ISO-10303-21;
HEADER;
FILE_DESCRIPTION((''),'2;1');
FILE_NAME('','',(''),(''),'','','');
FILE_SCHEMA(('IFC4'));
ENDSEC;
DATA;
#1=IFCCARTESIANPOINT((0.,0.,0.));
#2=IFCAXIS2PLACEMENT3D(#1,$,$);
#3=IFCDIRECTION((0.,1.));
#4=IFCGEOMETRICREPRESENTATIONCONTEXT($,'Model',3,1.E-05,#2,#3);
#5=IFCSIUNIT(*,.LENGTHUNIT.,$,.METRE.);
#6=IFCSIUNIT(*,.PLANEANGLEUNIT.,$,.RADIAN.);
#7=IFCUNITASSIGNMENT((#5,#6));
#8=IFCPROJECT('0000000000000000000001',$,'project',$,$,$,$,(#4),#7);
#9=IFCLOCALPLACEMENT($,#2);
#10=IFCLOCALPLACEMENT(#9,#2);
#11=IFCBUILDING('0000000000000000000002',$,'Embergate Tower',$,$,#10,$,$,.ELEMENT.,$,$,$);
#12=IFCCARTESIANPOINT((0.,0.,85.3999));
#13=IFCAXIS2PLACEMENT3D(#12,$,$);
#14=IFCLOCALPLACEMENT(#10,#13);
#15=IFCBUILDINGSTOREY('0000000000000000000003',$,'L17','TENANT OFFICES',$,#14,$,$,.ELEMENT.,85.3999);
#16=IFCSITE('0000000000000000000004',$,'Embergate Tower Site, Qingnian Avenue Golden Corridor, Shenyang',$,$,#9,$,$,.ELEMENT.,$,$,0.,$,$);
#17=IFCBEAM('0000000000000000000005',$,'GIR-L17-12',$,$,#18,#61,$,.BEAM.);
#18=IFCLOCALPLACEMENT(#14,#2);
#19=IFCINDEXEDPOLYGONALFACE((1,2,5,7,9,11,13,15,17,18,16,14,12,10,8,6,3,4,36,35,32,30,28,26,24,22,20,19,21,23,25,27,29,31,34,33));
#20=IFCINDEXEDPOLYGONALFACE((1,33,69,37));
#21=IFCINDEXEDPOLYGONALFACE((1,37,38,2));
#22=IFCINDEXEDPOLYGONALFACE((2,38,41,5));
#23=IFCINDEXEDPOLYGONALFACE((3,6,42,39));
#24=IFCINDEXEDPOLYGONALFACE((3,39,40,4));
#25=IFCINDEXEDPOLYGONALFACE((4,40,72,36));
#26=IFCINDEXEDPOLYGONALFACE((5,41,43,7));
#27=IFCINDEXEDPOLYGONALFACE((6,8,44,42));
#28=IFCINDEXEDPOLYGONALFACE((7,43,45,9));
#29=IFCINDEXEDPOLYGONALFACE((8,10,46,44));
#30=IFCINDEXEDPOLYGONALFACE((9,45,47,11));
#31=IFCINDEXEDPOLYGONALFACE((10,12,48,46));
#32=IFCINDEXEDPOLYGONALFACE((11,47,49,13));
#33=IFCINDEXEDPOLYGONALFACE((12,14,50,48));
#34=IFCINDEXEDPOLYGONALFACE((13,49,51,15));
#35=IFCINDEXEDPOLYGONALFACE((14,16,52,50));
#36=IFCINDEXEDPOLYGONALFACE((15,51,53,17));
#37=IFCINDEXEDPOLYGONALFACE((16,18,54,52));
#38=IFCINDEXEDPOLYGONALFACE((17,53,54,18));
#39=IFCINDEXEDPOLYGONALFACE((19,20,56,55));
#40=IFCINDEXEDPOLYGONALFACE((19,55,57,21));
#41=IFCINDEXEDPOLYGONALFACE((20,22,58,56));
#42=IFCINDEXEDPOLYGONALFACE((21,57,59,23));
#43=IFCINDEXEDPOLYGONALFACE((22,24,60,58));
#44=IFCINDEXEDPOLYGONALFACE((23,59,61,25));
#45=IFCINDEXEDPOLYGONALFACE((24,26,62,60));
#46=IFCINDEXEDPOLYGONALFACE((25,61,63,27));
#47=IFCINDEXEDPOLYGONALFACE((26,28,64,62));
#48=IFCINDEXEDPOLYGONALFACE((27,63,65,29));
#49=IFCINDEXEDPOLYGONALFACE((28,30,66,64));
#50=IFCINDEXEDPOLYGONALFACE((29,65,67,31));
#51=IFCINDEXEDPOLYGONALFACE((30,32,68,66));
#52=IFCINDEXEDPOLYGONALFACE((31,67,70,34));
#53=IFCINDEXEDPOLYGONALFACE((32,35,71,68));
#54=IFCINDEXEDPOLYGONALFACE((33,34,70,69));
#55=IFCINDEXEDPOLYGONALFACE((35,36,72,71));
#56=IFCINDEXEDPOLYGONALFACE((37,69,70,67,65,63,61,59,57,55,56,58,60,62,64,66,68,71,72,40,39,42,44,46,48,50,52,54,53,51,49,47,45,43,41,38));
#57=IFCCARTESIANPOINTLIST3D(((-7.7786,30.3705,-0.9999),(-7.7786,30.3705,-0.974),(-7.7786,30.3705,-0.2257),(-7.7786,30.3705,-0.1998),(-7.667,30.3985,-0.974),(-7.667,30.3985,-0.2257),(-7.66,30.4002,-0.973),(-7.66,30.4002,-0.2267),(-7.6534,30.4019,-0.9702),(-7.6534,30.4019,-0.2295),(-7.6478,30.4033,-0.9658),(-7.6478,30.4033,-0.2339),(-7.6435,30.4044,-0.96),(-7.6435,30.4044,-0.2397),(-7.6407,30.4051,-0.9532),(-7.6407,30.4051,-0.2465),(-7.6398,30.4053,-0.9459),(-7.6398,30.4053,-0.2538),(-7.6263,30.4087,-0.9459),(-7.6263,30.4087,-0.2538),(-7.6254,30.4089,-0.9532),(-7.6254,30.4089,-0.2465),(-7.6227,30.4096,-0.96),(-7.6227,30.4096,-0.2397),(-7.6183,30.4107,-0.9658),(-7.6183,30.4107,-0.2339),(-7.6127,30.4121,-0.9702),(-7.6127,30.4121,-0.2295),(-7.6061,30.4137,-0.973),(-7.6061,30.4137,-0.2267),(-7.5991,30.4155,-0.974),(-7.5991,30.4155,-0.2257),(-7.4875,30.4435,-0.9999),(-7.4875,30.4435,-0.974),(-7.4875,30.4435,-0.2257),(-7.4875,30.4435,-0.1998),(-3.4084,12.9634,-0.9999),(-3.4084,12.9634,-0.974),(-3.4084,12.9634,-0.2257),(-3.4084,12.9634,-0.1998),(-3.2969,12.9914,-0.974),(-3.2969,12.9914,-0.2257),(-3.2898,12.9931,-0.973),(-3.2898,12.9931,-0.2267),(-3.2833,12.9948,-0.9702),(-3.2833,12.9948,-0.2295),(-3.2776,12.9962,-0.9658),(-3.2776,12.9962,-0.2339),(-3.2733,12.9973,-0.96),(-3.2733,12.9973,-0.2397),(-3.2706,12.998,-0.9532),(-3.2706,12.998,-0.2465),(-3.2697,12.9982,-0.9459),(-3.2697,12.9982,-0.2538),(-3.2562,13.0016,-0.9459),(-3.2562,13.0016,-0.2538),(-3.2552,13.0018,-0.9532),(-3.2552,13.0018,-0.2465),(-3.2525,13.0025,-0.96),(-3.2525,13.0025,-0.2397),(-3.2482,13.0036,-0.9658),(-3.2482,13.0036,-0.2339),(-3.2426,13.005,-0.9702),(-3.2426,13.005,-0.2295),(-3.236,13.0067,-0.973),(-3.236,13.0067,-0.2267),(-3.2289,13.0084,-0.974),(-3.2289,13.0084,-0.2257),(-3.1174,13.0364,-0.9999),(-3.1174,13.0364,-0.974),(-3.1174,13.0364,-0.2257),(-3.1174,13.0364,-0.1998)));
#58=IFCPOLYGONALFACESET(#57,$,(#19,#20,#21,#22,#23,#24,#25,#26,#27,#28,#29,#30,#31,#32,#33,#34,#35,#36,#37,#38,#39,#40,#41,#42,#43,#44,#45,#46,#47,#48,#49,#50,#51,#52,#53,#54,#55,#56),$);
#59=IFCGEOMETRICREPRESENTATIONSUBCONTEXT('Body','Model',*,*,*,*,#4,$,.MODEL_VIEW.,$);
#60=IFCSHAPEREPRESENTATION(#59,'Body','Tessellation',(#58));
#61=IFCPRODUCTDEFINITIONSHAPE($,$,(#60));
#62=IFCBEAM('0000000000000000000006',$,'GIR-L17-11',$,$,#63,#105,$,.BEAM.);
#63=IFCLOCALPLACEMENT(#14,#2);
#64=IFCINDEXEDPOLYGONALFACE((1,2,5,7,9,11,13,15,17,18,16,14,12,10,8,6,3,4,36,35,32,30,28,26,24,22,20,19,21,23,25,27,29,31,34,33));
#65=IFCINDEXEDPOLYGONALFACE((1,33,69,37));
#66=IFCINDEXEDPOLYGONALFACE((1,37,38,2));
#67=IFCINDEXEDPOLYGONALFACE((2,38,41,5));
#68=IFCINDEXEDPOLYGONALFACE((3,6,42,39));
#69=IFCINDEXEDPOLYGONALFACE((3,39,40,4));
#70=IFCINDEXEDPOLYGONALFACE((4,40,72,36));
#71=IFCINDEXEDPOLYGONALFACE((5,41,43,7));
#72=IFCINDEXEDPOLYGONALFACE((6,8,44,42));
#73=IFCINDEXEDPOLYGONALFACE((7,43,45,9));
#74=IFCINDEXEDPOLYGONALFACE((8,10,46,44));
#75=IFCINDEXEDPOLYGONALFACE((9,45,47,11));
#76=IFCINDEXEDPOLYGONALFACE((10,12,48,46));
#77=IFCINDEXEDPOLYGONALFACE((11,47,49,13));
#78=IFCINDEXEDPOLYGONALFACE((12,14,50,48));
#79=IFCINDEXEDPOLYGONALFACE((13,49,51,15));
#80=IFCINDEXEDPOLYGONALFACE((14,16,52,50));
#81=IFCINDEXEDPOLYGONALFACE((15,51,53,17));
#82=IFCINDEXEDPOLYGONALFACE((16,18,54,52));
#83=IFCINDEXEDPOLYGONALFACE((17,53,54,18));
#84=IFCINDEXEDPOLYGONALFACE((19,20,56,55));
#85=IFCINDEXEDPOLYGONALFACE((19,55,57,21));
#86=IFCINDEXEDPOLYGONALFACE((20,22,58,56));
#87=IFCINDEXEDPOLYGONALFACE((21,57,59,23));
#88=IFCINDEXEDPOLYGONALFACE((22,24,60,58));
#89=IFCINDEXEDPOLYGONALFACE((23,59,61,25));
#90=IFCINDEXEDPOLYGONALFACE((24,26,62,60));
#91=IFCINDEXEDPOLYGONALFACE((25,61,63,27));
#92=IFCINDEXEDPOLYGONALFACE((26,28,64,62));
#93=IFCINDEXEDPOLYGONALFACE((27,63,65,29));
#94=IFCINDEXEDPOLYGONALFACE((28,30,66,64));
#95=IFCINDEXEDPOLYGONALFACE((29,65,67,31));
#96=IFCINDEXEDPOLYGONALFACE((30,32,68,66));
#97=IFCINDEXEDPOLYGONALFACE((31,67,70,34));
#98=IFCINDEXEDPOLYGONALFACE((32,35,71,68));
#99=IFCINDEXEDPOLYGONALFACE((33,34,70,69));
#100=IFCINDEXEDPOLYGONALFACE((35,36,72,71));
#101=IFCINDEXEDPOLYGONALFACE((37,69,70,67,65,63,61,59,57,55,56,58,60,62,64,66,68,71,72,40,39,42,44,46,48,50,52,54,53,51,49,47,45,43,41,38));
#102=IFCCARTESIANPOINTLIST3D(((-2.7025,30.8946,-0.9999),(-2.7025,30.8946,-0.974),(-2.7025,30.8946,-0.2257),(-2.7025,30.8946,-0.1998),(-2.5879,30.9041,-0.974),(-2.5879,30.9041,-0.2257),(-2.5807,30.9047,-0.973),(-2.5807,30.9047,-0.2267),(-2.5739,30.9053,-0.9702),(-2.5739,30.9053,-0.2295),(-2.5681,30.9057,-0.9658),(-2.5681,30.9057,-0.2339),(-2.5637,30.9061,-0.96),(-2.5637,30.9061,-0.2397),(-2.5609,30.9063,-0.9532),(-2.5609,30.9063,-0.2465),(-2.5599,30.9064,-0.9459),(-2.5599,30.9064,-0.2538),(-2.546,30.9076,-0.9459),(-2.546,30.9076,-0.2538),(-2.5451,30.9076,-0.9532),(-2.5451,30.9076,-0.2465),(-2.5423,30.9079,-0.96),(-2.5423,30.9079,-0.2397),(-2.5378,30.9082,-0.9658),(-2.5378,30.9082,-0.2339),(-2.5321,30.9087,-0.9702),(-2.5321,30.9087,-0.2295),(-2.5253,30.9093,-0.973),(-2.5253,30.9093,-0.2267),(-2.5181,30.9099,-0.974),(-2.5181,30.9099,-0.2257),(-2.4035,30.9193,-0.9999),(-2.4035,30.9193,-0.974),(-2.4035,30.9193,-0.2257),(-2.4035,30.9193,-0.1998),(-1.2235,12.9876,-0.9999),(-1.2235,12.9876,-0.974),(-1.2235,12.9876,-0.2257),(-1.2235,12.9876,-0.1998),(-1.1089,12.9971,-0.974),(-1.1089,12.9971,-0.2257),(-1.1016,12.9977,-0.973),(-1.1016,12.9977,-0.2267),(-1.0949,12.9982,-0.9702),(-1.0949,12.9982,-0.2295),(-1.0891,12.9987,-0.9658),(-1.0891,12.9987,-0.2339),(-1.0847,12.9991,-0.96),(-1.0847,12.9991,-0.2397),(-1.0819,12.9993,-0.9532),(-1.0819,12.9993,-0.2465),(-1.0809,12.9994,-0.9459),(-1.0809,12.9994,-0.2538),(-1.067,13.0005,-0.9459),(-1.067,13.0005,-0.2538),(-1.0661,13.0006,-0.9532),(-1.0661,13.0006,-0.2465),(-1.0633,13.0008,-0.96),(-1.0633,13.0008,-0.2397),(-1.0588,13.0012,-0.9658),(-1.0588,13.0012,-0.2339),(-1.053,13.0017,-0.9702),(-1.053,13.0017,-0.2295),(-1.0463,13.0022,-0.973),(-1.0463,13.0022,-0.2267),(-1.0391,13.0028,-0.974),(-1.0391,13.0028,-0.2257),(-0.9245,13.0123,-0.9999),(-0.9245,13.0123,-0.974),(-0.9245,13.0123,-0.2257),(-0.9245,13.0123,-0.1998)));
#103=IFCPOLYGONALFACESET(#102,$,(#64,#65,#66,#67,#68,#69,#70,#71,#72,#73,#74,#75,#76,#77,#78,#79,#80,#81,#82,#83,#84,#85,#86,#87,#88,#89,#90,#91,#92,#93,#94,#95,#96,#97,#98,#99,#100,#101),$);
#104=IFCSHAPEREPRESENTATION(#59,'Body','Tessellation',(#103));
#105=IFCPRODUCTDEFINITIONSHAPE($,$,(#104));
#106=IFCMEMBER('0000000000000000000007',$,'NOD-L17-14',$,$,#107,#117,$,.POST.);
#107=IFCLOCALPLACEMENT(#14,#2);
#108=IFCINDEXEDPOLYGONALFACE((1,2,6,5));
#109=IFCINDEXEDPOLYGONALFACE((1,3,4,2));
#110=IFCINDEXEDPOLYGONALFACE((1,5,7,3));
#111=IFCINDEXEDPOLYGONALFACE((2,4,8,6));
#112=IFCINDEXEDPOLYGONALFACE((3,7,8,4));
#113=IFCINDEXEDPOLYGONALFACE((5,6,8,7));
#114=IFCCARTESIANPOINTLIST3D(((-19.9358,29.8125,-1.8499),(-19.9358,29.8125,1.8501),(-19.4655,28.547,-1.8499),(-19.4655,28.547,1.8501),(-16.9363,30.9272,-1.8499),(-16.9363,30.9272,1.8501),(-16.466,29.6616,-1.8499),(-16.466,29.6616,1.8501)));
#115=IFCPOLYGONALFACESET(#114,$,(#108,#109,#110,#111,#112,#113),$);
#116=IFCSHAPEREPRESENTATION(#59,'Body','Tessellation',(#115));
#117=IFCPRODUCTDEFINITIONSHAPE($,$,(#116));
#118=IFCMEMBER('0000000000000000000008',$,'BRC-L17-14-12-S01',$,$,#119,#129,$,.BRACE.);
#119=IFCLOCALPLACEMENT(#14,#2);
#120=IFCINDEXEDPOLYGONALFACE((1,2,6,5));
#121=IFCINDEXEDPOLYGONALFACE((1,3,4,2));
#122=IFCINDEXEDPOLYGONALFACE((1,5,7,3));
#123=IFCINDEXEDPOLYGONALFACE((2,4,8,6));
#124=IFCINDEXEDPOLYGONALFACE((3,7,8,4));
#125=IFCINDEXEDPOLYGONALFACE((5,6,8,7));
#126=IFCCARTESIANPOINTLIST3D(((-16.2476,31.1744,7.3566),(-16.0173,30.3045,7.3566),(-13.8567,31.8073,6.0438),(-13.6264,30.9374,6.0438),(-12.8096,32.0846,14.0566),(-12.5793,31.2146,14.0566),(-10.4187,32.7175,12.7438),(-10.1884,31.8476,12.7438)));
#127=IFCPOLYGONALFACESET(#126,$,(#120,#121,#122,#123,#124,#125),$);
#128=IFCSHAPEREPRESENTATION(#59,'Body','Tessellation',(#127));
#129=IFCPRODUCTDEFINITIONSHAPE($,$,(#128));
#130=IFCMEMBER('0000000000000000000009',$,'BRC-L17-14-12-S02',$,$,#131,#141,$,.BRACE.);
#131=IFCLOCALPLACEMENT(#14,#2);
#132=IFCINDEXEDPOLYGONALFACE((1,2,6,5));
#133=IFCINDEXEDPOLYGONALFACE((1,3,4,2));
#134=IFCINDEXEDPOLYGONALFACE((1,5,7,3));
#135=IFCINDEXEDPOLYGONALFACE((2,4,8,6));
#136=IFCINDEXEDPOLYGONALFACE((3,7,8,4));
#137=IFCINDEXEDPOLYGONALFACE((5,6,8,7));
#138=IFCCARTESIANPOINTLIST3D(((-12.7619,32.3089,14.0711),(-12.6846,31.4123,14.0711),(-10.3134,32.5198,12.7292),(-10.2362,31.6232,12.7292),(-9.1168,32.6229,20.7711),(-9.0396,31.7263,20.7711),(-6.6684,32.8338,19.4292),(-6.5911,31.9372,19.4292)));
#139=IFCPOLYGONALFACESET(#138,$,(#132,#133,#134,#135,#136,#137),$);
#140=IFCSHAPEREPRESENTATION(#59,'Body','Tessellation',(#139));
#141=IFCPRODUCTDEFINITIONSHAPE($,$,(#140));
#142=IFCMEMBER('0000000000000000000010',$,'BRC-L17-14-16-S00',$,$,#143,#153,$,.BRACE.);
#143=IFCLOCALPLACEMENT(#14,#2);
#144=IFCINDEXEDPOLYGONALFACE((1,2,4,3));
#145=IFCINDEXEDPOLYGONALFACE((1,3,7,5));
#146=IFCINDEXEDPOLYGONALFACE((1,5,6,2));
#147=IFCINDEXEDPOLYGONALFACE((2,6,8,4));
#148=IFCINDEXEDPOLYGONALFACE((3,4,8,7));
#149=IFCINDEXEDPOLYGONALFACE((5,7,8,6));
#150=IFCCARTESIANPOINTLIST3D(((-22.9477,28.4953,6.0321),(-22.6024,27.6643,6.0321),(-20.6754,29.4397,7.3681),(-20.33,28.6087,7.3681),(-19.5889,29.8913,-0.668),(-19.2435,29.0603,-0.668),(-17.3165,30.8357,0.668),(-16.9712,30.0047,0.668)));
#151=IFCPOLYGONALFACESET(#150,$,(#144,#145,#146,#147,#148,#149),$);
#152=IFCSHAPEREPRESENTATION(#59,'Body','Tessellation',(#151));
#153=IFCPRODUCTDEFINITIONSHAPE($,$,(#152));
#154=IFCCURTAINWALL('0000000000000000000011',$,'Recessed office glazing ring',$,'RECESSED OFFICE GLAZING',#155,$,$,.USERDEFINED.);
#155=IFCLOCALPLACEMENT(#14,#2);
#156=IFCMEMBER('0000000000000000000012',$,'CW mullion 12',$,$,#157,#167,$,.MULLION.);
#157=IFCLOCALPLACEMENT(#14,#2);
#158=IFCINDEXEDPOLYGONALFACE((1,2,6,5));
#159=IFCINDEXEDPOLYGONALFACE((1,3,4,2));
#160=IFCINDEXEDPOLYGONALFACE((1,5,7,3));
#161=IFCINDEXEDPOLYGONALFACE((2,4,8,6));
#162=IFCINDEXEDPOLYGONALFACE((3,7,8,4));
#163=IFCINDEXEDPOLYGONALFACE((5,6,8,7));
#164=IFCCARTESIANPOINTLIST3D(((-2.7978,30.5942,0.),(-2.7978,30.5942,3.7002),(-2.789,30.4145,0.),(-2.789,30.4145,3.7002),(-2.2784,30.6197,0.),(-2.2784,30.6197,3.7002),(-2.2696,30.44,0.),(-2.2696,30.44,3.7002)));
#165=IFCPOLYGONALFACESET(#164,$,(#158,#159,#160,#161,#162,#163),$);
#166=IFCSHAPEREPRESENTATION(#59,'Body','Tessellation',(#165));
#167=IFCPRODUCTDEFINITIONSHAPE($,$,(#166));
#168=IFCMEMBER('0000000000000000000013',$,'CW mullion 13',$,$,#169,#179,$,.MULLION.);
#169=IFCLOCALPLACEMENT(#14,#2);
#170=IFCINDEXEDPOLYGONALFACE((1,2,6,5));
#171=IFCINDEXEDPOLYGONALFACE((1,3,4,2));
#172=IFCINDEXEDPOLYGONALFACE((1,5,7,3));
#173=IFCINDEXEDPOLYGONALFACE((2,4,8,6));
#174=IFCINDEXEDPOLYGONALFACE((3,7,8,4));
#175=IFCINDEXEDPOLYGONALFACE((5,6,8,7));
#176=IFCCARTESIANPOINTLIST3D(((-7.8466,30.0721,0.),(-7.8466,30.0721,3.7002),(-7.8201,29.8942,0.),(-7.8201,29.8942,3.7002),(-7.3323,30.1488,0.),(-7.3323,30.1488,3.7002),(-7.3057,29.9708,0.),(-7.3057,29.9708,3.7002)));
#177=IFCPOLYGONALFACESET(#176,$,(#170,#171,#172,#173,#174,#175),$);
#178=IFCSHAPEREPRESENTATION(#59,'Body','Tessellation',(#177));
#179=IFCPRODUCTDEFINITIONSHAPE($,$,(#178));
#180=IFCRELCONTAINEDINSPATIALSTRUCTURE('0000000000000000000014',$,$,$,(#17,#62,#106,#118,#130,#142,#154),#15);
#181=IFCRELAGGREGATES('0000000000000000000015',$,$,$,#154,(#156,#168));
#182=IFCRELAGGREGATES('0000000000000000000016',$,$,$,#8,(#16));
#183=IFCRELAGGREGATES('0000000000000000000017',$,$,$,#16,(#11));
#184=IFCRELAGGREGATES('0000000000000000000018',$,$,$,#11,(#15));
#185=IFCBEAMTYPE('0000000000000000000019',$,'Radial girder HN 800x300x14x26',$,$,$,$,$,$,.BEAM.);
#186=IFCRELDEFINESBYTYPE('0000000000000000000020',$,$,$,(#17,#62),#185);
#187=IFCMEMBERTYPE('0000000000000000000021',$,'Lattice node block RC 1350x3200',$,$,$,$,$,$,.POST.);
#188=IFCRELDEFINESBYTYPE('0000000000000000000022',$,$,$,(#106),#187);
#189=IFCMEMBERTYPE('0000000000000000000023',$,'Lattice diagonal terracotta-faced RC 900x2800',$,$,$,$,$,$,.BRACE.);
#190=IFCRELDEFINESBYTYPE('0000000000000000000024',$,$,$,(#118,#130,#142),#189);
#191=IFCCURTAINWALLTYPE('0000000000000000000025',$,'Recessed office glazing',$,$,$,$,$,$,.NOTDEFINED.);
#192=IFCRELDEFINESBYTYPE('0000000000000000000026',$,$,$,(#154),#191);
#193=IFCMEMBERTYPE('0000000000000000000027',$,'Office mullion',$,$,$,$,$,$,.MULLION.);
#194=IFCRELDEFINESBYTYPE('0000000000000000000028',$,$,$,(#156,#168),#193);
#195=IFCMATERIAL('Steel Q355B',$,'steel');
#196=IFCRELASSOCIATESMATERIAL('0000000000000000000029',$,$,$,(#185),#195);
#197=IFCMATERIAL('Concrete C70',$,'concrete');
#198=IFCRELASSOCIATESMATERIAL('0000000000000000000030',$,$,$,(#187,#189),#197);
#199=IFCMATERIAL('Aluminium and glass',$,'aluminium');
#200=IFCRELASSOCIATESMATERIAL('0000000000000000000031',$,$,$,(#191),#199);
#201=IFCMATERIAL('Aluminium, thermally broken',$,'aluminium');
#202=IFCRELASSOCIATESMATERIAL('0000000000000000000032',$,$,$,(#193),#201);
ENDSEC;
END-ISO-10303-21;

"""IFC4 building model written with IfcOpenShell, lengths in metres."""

from ifc_helpers import new_model, si_unit, direction, frame, origin, origin_2d, place, context, subcontext, project, spatial, rectangle, i_section, extrude, source, transform, mapped, material, material_profile, profile_set, type_object, element, aggregate, save


model = new_model("IFC4")

# Units and contexts
model_context = context("Model", 3, precision=1e-05, world=origin(), true_north=direction((0.0, 1.0)))
body_context = subcontext(model_context, "Body", "Model", "MODEL_VIEW")
ifc_project = project(units=[si_unit("LENGTHUNIT", "METRE"), si_unit("PLANEANGLEUNIT", "RADIAN")], contexts=[model_context])

# Site, building, storey
site_placement = place(None, origin())
site = spatial("IfcSite", under=ifc_project, at=site_placement, Name="Embergate Tower Site, Qingnian Avenue Golden Corridor, Shenyang", CompositionType="ELEMENT", RefElevation=0.0)
building_placement = place(site_placement, origin())
building = spatial("IfcBuilding", under=site, at=building_placement, Name="Embergate Tower", CompositionType="ELEMENT")
storey_placement = place(building_placement, frame((0.0, 0.0, 85.3999)))
storey = spatial("IfcBuildingStorey", under=building, at=storey_placement, Name="L17", Description="TENANT OFFICES", CompositionType="ELEMENT", Elevation=85.3999)

# Shared definitions
ifc_material_1 = material(Name="Concrete C70", Category="concrete")

# Beams
ifc_material_2 = material(Name="Steel Q355B", Category="steel")
ifc_material_profile_1 = material_profile(ifc_material_2, i_section(OverallWidth=0.3, OverallDepth=0.8, WebThickness=0.0139, FlangeThickness=0.0259, FilletRadius=0.0281, at=origin_2d()), Name="HN 800x300x14x26")
ifc_profile_set_1 = profile_set([ifc_material_profile_1], Name="Steel Q355 grade B")
beam_type_1 = type_object("IfcBeamType", Name="Radial girder HN 800x300x14x26", PredefinedType="BEAM", material=ifc_profile_set_1)
shared_shape_1 = source(origin(), body_context, "Body", "SweptSolid", [
    extrude(i_section(OverallWidth=0.3, OverallDepth=0.8, WebThickness=0.0139, FlangeThickness=0.0259, FilletRadius=0.0281, at=origin_2d()), origin(), (0.0, 0.0, 1.0), 17.9473),
])
beam_1_placement = place(storey_placement, frame((-7.6331, 30.407, -0.5999), z_axis=(0.243499, -0.969901, 0.0), x_axis=(0.969901, 0.243499, 0.0)))
element("IfcBeam", 1, at=beam_1_placement, inside=storey, type_object=beam_type_1, Name="GIR-L17-12", PredefinedType="BEAM", context=body_context, shape_type="MappedRepresentation", body=[
    mapped(shared_shape_1, transform((0.0, 0.0, 0.0))),
])
shared_shape_2 = source(origin(), body_context, "Body", "SweptSolid", [
    extrude(i_section(OverallWidth=0.3, OverallDepth=0.8, WebThickness=0.0139, FlangeThickness=0.0259, FilletRadius=0.0281, at=origin_2d()), origin(), (0.0, 0.0, 1.0), 17.968),
])
beam_2_placement = place(storey_placement, frame((-2.553, 30.907, -0.5999), z_axis=(0.082313, -0.996606, 0.0), x_axis=(0.996606, 0.082313, 0.0)))
element("IfcBeam", 2, at=beam_2_placement, inside=storey, type_object=beam_type_1, Name="GIR-L17-11", PredefinedType="BEAM", context=body_context, shape_type="MappedRepresentation", body=[
    mapped(shared_shape_2, transform((0.0, 0.0, 0.0))),
])

# Members
ifc_material_profile_2 = material_profile(ifc_material_1, rectangle(XDim=1.3501, YDim=3.2, at=origin_2d()), Name="RC 1350x3200")
ifc_profile_set_2 = profile_set([ifc_material_profile_2], Name="Concrete C70")
member_type_1 = type_object("IfcMemberType", Name="Lattice node block RC 1350x3200", PredefinedType="POST", material=ifc_profile_set_2)
shared_shape_3 = source(origin(), body_context, "Body", "SweptSolid", [
    extrude(rectangle(XDim=1.3501, YDim=3.2, at=origin_2d()), origin(), (0.0, 0.0, 1.0), 3.7),
])
member_1_placement = place(storey_placement, frame((-18.2009, 29.7371, -1.8499), z_axis=(0.0, 0.0, 1.0), x_axis=(-0.348343, 0.937367, 0.0)))
element("IfcMember", 3, at=member_1_placement, inside=storey, type_object=member_type_1, Name="NOD-L17-14", PredefinedType="POST", context=body_context, shape_type="MappedRepresentation", body=[
    mapped(shared_shape_3, transform((0.0, 0.0, 0.0))),
])
ifc_material_profile_3 = material_profile(ifc_material_1, rectangle(XDim=0.8999, YDim=2.8, at=origin_2d()), Name="RC 900x2800")
ifc_profile_set_3 = profile_set([ifc_material_profile_3], Name="Concrete C70")
member_type_2 = type_object("IfcMemberType", Name="Lattice diagonal terracotta-faced RC 900x2800", PredefinedType="BRACE", material=ifc_profile_set_3)
shared_shape_4 = source(origin(), body_context, "Body", "SweptSolid", [
    extrude(rectangle(XDim=0.8999, YDim=2.8, at=origin_2d()), origin(), (0.0, 0.0, 1.0), 7.5854),
])
member_2_placement = place(storey_placement, frame((-14.937, 31.0559, 6.7002), z_axis=(0.453241, 0.119989, 0.883275), x_axis=(-0.255919, 0.966698, 0.0)))
element("IfcMember", 4, at=member_2_placement, inside=storey, type_object=member_type_2, Name="BRC-L17-14-12-S01", PredefinedType="BRACE", context=body_context, shape_type="MappedRepresentation", body=[
    mapped(shared_shape_4, transform((0.0, 0.0, 0.0))),
])
shared_shape_5 = source(origin(), body_context, "Body", "SweptSolid", [
    extrude(rectangle(XDim=0.8999, YDim=2.8, at=origin_2d()), origin(), (0.0, 0.0, 1.0), 7.6338),
])
member_3_placement = place(storey_placement, frame((-11.499, 31.9661, 13.4001), z_axis=(0.477488, 0.041129, 0.877675), x_axis=(-0.085818, 0.996311, 0.0)))
element("IfcMember", 5, at=member_3_placement, inside=storey, type_object=member_type_2, Name="BRC-L17-14-12-S02", PredefinedType="BRACE", context=body_context, shape_type="MappedRepresentation", body=[
    mapped(shared_shape_5, transform((0.0, 0.0, 0.0))),
])
shared_shape_6 = source(origin(), body_context, "Body", "SweptSolid", [
    extrude(rectangle(XDim=0.8999, YDim=2.8, at=origin_2d()), origin(), (0.0, 0.0, 1.0), 7.6238),
])
member_4_placement = place(storey_placement, frame((-18.28, 29.948, 0.0), z_axis=(-0.440574, -0.183108, 0.878843), x_axis=(0.383786, -0.923422, 0.0)))
element("IfcMember", 6, at=member_4_placement, inside=storey, type_object=member_type_2, Name="BRC-L17-14-16-S00", PredefinedType="BRACE", context=body_context, shape_type="MappedRepresentation", body=[
    mapped(shared_shape_6, transform((0.0, 0.0, 0.0))),
])

# Curtain wall, members
ifc_material_3 = material(Name="Aluminium and glass", Category="aluminium")
curtain_wall_type = type_object("IfcCurtainWallType", Name="Recessed office glazing", PredefinedType="NOTDEFINED", material=ifc_material_3)
curtain_wall_placement = place(storey_placement, origin())
curtain_wall = element("IfcCurtainWall", 7, at=curtain_wall_placement, inside=storey, type_object=curtain_wall_type, Name="Recessed office glazing ring", ObjectType="RECESSED OFFICE GLAZING", PredefinedType="USERDEFINED")
ifc_material_4 = material(Name="Aluminium, thermally broken", Category="aluminium")
ifc_material_profile_4 = material_profile(ifc_material_4, rectangle(XDim=0.1799, YDim=0.52, at=origin_2d()), Name="AL 520x180")
ifc_profile_set_4 = profile_set([ifc_material_profile_4], Name="Aluminium, thermally broken")
member_type_3 = type_object("IfcMemberType", Name="Office mullion", PredefinedType="MULLION", material=ifc_profile_set_4)
shared_shape_7 = source(origin(), body_context, "Body", "SweptSolid", [
    extrude(rectangle(XDim=0.1799, YDim=0.52, at=origin_2d()), origin(), (0.0, 0.0, 1.0), 3.7002),
])
member_5_placement = place(storey_placement, frame((-2.5337, 30.5171, 0.0), z_axis=(0.0, 0.0, 1.0), x_axis=(0.048972, -0.9988, 0.0)))
member_5 = element("IfcMember", 8, at=member_5_placement, type_object=member_type_3, Name="CW mullion 12", PredefinedType="MULLION", context=body_context, shape_type="MappedRepresentation", body=[
    mapped(shared_shape_7, transform((0.0, 0.0, 0.0))),
])
member_6_placement = place(storey_placement, frame((-7.5762, 30.0215, 0.0), z_axis=(0.0, 0.0, 1.0), x_axis=(0.147412, -0.989075, 0.0)))
member_6 = element("IfcMember", 9, at=member_6_placement, type_object=member_type_3, Name="CW mullion 13", PredefinedType="MULLION", context=body_context, shape_type="MappedRepresentation", body=[
    mapped(shared_shape_7, transform((0.0, 0.0, 0.0))),
])
aggregate(curtain_wall, [member_5, member_6])

save(model, "model.ifc")
